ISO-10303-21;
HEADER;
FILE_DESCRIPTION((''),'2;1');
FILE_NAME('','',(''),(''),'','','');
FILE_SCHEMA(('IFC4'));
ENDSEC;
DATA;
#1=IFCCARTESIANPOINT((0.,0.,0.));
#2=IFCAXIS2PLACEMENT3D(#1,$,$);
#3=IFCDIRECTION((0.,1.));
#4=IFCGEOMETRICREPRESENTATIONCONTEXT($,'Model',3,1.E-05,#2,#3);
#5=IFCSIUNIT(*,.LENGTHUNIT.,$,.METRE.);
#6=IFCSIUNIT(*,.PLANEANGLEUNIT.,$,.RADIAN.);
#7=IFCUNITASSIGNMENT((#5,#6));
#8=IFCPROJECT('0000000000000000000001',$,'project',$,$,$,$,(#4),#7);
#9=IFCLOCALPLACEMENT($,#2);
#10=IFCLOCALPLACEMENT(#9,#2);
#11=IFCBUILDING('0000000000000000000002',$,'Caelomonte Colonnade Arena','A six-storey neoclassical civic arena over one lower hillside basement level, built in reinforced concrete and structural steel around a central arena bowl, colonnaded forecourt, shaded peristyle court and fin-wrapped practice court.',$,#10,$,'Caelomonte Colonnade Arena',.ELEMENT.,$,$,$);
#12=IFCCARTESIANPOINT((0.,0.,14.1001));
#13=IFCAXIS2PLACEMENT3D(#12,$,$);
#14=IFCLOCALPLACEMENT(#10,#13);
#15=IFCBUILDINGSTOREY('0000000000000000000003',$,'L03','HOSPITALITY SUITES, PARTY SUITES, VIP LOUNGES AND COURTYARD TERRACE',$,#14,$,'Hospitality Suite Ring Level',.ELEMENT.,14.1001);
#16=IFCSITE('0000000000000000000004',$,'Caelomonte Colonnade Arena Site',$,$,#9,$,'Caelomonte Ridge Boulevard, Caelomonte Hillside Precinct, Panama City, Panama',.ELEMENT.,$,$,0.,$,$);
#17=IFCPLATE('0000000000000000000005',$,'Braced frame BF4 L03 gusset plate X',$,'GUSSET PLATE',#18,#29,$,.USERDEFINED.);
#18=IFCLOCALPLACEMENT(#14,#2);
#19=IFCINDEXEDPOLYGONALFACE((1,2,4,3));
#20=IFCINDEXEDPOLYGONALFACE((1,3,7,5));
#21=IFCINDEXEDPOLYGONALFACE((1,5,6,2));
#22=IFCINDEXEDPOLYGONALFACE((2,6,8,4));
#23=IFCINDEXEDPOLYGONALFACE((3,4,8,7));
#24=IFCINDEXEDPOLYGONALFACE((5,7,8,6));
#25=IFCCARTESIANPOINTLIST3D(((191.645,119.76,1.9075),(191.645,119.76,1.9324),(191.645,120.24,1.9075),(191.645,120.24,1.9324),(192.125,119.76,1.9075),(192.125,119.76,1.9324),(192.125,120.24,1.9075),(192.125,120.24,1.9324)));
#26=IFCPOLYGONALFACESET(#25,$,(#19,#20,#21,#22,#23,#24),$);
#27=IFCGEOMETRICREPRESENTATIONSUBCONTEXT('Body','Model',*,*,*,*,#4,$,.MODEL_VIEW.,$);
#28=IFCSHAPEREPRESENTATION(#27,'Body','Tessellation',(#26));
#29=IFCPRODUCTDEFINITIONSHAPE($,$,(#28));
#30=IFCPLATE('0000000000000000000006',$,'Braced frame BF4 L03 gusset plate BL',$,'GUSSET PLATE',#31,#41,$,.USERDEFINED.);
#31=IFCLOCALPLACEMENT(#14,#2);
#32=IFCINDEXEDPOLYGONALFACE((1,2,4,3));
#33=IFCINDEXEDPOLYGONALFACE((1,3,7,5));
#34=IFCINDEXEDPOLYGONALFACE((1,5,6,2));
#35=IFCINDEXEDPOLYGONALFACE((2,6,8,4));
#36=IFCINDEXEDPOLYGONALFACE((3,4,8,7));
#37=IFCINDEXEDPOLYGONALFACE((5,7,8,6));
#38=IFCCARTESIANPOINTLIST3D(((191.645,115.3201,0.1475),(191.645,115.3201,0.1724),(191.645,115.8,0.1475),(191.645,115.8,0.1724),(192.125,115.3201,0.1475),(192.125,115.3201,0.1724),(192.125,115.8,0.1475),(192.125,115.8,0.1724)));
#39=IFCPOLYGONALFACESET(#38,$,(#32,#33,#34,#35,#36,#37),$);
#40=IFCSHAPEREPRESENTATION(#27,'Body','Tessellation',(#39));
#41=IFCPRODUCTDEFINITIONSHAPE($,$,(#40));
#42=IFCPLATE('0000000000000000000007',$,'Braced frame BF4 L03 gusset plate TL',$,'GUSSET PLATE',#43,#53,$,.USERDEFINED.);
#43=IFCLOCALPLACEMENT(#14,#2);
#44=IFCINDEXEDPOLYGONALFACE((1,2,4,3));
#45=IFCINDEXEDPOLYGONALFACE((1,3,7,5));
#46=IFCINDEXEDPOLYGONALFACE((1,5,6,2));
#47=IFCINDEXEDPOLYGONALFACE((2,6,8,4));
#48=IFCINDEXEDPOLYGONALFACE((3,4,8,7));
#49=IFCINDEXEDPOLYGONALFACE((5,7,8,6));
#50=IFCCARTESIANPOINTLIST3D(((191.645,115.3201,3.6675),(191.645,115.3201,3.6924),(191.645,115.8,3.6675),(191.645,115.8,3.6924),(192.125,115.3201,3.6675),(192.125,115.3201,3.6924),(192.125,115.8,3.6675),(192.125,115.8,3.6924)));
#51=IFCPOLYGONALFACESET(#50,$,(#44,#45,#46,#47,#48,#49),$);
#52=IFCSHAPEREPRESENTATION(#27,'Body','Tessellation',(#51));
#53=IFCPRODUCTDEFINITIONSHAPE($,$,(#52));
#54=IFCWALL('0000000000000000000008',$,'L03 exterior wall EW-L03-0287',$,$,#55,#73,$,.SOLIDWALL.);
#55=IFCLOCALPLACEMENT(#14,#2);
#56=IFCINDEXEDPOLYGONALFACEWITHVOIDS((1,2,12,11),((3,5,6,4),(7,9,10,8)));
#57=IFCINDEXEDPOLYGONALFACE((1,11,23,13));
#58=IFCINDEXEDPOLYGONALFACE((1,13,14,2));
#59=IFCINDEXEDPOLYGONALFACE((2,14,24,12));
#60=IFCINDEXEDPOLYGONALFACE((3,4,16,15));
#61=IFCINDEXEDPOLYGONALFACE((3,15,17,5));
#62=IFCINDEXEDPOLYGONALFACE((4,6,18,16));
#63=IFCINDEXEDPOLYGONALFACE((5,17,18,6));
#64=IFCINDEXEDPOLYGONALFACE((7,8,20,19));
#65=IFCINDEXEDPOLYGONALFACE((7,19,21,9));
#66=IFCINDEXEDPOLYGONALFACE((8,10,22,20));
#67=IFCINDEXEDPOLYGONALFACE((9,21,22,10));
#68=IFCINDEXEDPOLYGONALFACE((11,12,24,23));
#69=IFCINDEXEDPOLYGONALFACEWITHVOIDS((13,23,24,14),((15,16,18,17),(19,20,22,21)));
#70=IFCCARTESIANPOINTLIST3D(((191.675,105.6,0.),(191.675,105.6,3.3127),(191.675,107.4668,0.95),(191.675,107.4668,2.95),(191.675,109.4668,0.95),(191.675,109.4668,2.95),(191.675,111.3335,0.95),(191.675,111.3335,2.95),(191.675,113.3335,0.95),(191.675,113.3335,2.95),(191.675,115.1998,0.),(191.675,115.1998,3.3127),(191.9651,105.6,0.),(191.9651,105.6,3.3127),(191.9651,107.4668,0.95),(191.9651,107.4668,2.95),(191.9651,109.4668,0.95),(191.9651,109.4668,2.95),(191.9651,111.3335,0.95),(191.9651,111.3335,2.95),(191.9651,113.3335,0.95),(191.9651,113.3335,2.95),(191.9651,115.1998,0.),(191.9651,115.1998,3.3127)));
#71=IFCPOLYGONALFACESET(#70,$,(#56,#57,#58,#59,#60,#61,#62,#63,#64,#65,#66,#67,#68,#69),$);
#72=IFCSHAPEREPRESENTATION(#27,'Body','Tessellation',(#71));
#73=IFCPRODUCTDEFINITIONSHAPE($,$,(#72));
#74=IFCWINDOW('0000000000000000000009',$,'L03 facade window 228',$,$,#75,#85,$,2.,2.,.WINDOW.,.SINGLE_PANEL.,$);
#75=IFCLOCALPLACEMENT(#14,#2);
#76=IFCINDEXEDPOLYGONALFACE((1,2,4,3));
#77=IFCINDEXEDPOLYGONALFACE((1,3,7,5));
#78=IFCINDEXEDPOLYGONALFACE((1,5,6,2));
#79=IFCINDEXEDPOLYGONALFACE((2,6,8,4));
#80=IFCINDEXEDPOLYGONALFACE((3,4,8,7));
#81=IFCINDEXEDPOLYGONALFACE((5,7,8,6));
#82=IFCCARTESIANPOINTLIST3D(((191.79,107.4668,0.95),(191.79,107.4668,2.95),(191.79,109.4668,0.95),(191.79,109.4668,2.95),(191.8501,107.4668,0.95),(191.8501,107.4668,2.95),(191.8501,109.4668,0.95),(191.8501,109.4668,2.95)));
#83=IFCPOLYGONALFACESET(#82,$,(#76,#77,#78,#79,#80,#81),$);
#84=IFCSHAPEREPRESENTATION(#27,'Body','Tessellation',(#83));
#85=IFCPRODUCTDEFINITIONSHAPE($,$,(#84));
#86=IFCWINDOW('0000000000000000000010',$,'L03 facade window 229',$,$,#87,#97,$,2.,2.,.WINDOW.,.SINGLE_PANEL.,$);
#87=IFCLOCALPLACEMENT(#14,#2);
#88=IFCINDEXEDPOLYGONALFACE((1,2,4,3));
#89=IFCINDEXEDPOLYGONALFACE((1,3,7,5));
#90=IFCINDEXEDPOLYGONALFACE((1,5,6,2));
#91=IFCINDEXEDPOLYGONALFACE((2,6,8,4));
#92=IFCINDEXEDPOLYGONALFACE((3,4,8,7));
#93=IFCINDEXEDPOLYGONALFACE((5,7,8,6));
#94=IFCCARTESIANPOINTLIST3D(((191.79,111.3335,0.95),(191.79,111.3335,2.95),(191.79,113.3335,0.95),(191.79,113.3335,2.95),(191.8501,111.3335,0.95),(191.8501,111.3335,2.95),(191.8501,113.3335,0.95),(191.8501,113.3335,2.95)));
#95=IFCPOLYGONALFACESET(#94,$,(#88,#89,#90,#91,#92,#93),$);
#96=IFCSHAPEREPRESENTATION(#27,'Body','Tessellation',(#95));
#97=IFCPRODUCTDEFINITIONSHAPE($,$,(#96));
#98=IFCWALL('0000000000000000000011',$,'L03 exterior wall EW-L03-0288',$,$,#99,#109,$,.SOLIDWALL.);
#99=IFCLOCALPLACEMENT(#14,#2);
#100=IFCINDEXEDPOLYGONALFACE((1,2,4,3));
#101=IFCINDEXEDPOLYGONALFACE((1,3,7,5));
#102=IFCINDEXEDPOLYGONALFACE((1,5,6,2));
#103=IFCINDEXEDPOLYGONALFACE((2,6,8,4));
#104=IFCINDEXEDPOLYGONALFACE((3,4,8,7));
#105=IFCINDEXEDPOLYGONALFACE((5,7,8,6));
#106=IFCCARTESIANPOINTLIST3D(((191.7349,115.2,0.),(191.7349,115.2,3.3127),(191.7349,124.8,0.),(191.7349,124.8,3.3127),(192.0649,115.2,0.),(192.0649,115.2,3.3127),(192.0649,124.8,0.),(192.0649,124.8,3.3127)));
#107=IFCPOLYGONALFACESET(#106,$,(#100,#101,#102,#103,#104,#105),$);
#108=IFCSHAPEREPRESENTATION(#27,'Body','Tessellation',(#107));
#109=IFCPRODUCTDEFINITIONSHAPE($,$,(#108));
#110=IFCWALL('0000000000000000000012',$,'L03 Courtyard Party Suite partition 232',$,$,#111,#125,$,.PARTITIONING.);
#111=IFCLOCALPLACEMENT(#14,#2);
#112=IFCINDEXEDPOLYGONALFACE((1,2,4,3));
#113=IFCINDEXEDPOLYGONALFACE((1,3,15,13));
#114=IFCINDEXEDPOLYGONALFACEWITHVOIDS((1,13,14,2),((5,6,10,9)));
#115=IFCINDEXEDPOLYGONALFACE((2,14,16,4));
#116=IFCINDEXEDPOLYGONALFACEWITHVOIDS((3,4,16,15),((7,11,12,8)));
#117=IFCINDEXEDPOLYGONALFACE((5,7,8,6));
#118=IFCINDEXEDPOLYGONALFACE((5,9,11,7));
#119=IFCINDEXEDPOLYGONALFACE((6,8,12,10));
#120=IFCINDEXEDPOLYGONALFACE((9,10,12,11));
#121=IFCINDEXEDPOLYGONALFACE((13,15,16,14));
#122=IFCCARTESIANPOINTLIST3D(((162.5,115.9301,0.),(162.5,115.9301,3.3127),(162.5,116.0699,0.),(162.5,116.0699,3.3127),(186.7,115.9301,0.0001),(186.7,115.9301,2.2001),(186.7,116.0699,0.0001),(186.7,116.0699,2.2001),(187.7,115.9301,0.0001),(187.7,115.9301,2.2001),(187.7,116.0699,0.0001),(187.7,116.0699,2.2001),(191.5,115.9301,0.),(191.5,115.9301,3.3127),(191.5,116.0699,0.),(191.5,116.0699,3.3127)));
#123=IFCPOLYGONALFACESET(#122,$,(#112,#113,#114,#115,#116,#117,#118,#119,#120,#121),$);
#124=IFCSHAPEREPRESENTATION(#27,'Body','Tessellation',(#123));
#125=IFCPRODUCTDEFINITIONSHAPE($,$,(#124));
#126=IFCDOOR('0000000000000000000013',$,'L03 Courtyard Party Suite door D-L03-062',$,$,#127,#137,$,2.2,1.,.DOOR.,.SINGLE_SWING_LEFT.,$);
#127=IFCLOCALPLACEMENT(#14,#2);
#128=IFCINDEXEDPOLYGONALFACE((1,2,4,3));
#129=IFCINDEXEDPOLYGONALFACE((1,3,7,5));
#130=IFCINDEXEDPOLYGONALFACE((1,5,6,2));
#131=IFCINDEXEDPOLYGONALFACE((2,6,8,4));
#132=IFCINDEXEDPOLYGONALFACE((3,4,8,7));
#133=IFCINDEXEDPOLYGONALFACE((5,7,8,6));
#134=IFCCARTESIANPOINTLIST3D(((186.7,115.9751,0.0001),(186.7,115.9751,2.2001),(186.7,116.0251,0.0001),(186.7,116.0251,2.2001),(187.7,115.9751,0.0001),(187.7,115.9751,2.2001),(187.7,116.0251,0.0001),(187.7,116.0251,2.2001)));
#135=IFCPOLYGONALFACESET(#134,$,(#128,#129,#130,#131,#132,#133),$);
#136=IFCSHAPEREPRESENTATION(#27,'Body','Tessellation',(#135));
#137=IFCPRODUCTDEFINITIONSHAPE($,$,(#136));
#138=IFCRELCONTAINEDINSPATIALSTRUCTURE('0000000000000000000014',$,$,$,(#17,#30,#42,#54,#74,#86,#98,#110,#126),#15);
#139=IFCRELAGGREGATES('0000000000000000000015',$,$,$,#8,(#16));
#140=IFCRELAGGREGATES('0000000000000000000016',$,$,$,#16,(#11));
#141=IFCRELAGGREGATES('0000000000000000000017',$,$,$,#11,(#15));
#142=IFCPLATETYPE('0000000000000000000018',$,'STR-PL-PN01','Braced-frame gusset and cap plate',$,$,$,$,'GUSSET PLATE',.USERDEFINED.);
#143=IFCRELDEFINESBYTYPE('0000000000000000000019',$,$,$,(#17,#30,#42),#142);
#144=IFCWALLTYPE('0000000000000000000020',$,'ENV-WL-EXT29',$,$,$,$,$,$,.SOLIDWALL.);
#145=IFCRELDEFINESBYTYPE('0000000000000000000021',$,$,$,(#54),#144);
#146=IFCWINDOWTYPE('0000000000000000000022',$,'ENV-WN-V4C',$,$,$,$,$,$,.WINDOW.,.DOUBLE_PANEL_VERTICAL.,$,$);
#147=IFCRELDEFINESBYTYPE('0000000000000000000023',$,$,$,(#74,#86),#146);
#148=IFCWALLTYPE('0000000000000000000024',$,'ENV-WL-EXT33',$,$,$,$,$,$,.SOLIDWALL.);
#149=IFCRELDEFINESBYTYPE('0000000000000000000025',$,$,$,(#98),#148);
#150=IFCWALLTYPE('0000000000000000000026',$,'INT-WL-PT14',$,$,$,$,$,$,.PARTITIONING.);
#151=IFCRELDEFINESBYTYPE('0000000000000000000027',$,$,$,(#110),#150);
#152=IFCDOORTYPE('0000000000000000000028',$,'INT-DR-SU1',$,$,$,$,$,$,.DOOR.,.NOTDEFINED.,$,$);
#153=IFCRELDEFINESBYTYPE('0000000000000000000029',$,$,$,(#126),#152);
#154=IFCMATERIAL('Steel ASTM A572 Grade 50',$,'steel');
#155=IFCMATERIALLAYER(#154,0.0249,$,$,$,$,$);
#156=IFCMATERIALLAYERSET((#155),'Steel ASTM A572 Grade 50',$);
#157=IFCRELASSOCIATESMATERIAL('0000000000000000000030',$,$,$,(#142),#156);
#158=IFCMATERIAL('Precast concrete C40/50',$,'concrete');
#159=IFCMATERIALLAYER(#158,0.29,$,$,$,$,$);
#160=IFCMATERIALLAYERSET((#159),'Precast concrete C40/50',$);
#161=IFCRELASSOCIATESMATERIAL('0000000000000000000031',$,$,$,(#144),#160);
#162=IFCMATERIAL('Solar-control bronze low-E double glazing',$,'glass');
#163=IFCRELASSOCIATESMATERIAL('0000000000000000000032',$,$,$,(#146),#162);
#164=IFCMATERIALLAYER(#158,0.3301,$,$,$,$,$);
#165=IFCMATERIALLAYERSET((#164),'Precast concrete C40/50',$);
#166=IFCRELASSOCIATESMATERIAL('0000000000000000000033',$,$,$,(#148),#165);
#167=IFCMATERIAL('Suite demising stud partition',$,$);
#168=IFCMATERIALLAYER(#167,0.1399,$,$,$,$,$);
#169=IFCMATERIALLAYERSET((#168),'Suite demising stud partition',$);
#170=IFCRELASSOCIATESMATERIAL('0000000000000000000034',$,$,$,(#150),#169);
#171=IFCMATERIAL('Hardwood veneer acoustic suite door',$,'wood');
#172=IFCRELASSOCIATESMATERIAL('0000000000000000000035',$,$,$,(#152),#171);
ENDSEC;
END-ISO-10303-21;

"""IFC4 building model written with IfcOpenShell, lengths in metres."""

from ifc_helpers import new_model, si_unit, direction, frame, frame_2d, origin, origin_2d, place, context, subcontext, project, spatial, rectangle, extrude, material, layer, layer_set, type_object, element, fill, save


model = new_model("IFC4")

# Units and contexts
model_context = context("Model", 3, precision=1e-05, world=origin(), true_north=direction((0.0, 1.0)))
body_context = subcontext(model_context, "Body", "Model", "MODEL_VIEW")
ifc_project = project(units=[si_unit("LENGTHUNIT", "METRE"), si_unit("PLANEANGLEUNIT", "RADIAN")], contexts=[model_context])

# Site, building, storey
site_placement = place(None, origin())
site = spatial("IfcSite", under=ifc_project, at=site_placement, Name="Caelomonte Colonnade Arena Site", LongName="Caelomonte Ridge Boulevard, Caelomonte Hillside Precinct, Panama City, Panama", CompositionType="ELEMENT", RefElevation=0.0)
building_placement = place(site_placement, origin())
building = spatial("IfcBuilding", under=site, at=building_placement, Name="Caelomonte Colonnade Arena", Description="A six-storey neoclassical civic arena over one lower hillside basement level, built in reinforced concrete and structural steel around a central arena bowl, colonnaded forecourt, shaded peristyle court and fin-wrapped practice court.", LongName="Caelomonte Colonnade Arena", CompositionType="ELEMENT")
storey_placement = place(building_placement, frame((0.0, 0.0, 14.1001)))
storey = spatial("IfcBuildingStorey", under=building, at=storey_placement, Name="L03", Description="HOSPITALITY SUITES, PARTY SUITES, VIP LOUNGES AND COURTYARD TERRACE", LongName="Hospitality Suite Ring Level", CompositionType="ELEMENT", Elevation=14.1001)

# Plates
ifc_material_1 = material(Name="Steel ASTM A572 Grade 50", Category="steel")
ifc_layer_1 = layer(ifc_material_1, 0.0249)
ifc_layer_set_1 = layer_set([ifc_layer_1], Name="Steel ASTM A572 Grade 50")
plate_type = type_object("IfcPlateType", Name="STR-PL-PN01", Description="Braced-frame gusset and cap plate", ElementType="GUSSET PLATE", PredefinedType="USERDEFINED", material=ifc_layer_set_1)
for number, where, z_axis, x_axis, name in (
    (1, (191.885, 120.0, 1.9075), (0.0, 0.0, 1.0), (1.0, 0.0, 0.0), "Braced frame BF4 L03 gusset plate X"),
    (2, (191.885, 115.5601, 0.1475), (0.0, 0.0, 1.0), (1.0, 0.0, 0.0), "Braced frame BF4 L03 gusset plate BL"),
    (3, (191.885, 115.5601, 3.6675), (0.0, 0.0, 1.0), (1.0, 0.0, 0.0), "Braced frame BF4 L03 gusset plate TL"),
):
    element("IfcPlate", number, at=place(storey_placement, frame(where, z_axis=z_axis, x_axis=x_axis)), inside=storey, type_object=plate_type, Name=name, ObjectType="GUSSET PLATE", PredefinedType="USERDEFINED", context=body_context, shape_type="SweptSolid", body=[
        extrude(rectangle(XDim=0.48, YDim=0.48, at=origin_2d()), origin(), (0.0, 0.0, 1.0), 0.0249),
    ])

# Wall, openings, windows
ifc_material_2 = material(Name="Precast concrete C40/50", Category="concrete")
ifc_layer_2 = layer(ifc_material_2, 0.29)
ifc_layer_set_2 = layer_set([ifc_layer_2], Name="Precast concrete C40/50")
wall_type_1 = type_object("IfcWallType", Name="ENV-WL-EXT29", PredefinedType="SOLIDWALL", material=ifc_layer_set_2)
wall_1_placement = place(storey_placement, frame((191.8201, 105.6001, 0.0), z_axis=(0.0, 0.0, 1.0), x_axis=(0.0, 1.0, 0.0)))
wall_1 = element("IfcWall", 4, at=wall_1_placement, inside=storey, type_object=wall_type_1, Name="L03 exterior wall EW-L03-0287", PredefinedType="SOLIDWALL", context=body_context, shape_type="SweptSolid", body=[
    extrude(rectangle(XDim=9.5999, YDim=0.29, at=frame_2d((4.7998, 0.0))), origin(), (0.0, 0.0, 1.0), 3.3127),
])
opening_1_placement = place(wall_1_placement, frame((3.8667, 0.0, 0.95), z_axis=(0.0, 0.0, 1.0), x_axis=(-1.0, 0.0, 0.0)))
opening_1 = element("IfcOpeningElement", 5, at=opening_1_placement, cuts=wall_1, PredefinedType="OPENING", context=body_context, shape_type="SweptSolid", body=[
    extrude(rectangle(XDim=2.0, YDim=2.0, at=frame_2d((1.0, 1.0))), frame((0.0, 0.155, 0.0), z_axis=(0.0, -1.0, 0.0), x_axis=(1.0, 0.0, 0.0)), (0.0, 0.0, 1.0), 0.3101),
])
opening_2_placement = place(wall_1_placement, frame((7.7334, 0.0, 0.95), z_axis=(0.0, 0.0, 1.0), x_axis=(-1.0, 0.0, 0.0)))
opening_2 = element("IfcOpeningElement", 6, at=opening_2_placement, cuts=wall_1, PredefinedType="OPENING", context=body_context, shape_type="SweptSolid", body=[
    extrude(rectangle(XDim=2.0, YDim=2.0, at=frame_2d((1.0, 1.0))), frame((0.0, 0.155, 0.0), z_axis=(0.0, -1.0, 0.0), x_axis=(1.0, 0.0, 0.0)), (0.0, 0.0, 1.0), 0.3101),
])
ifc_material_3 = material(Name="Solar-control bronze low-E double glazing", Category="glass")
window_type = type_object("IfcWindowType", Name="ENV-WN-V4C", PartitioningType="DOUBLE_PANEL_VERTICAL", PredefinedType="WINDOW", material=ifc_material_3)
window_1_placement = place(opening_1_placement, origin())
window_1 = element("IfcWindow", 7, at=window_1_placement, inside=storey, type_object=window_type, Name="L03 facade window 228", OverallHeight=2.0, OverallWidth=2.0, PartitioningType="SINGLE_PANEL", PredefinedType="WINDOW", context=body_context, shape_type="SweptSolid", body=[
    extrude(rectangle(XDim=2.0, YDim=2.0, at=frame_2d((1.0, 1.0))), frame((0.0, 0.03, 0.0), z_axis=(0.0, -1.0, 0.0), x_axis=(1.0, 0.0, 0.0)), (0.0, 0.0, 1.0), 0.0601),
])
fill(opening_1, window_1)
window_2_placement = place(opening_2_placement, origin())
window_2 = element("IfcWindow", 8, at=window_2_placement, inside=storey, type_object=window_type, Name="L03 facade window 229", OverallHeight=2.0, OverallWidth=2.0, PartitioningType="SINGLE_PANEL", PredefinedType="WINDOW", context=body_context, shape_type="SweptSolid", body=[
    extrude(rectangle(XDim=2.0, YDim=2.0, at=frame_2d((1.0, 1.0))), frame((0.0, 0.03, 0.0), z_axis=(0.0, -1.0, 0.0), x_axis=(1.0, 0.0, 0.0)), (0.0, 0.0, 1.0), 0.0601),
])
fill(opening_2, window_2)

# Wall
ifc_layer_3 = layer(ifc_material_2, 0.3301)
ifc_layer_set_3 = layer_set([ifc_layer_3], Name="Precast concrete C40/50")
wall_type_2 = type_object("IfcWallType", Name="ENV-WL-EXT33", PredefinedType="SOLIDWALL", material=ifc_layer_set_3)
wall_2_placement = place(storey_placement, frame((191.8999, 115.2, 0.0), z_axis=(0.0, 0.0, 1.0), x_axis=(0.0, 1.0, 0.0)))
element("IfcWall", 9, at=wall_2_placement, inside=storey, type_object=wall_type_2, Name="L03 exterior wall EW-L03-0288", PredefinedType="SOLIDWALL", context=body_context, shape_type="SweptSolid", body=[
    extrude(rectangle(XDim=9.6001, YDim=0.3301, at=frame_2d((4.8, 0.0))), origin(), (0.0, 0.0, 1.0), 3.3127),
])

# Wall, opening, door
ifc_material_4 = material(Name="Suite demising stud partition")
ifc_layer_4 = layer(ifc_material_4, 0.1399)
ifc_layer_set_4 = layer_set([ifc_layer_4], Name="Suite demising stud partition")
wall_type_3 = type_object("IfcWallType", Name="INT-WL-PT14", PredefinedType="PARTITIONING", material=ifc_layer_set_4)
wall_3_placement = place(storey_placement, frame((191.5, 116.0, 0.0), z_axis=(0.0, 0.0, 1.0), x_axis=(-1.0, 0.0, 0.0)))
wall_3 = element("IfcWall", 10, at=wall_3_placement, inside=storey, type_object=wall_type_3, Name="L03 Courtyard Party Suite partition 232", PredefinedType="PARTITIONING", context=body_context, shape_type="SweptSolid", body=[
    extrude(rectangle(XDim=29.0, YDim=0.1399, at=frame_2d((14.5, 0.0))), origin(), (0.0, 0.0, 1.0), 3.3127),
])
opening_3_placement = place(wall_3_placement, frame((3.8, 0.0, 0.0), z_axis=(0.0, 0.0, 1.0), x_axis=(1.0, 0.0, 0.0)))
opening_3 = element("IfcOpeningElement", 11, at=opening_3_placement, cuts=wall_3, PredefinedType="OPENING", context=body_context, shape_type="SweptSolid", body=[
    extrude(rectangle(XDim=1.0, YDim=2.2, at=frame_2d((0.5, 1.1001))), frame((0.0, 0.0798, 0.0), z_axis=(0.0, -1.0, 0.0), x_axis=(1.0, 0.0, 0.0)), (0.0, 0.0, 1.0), 0.1599),
])
ifc_material_5 = material(Name="Hardwood veneer acoustic suite door", Category="wood")
door_type = type_object("IfcDoorType", Name="INT-DR-SU1", OperationType="NOTDEFINED", PredefinedType="DOOR", material=ifc_material_5)
door_placement = place(opening_3_placement, origin())
door = element("IfcDoor", 12, at=door_placement, inside=storey, type_object=door_type, Name="L03 Courtyard Party Suite door D-L03-062", OperationType="SINGLE_SWING_LEFT", OverallHeight=2.2, OverallWidth=1.0, PredefinedType="DOOR", context=body_context, shape_type="SweptSolid", body=[
    extrude(rectangle(XDim=1.0, YDim=2.2, at=frame_2d((0.5, 1.1001))), frame((0.0, 0.0249, 0.0), z_axis=(0.0, -1.0, 0.0), x_axis=(1.0, 0.0, 0.0)), (0.0, 0.0, 1.0), 0.05),
])
fill(opening_3, door)

save(model, "model.ifc")
